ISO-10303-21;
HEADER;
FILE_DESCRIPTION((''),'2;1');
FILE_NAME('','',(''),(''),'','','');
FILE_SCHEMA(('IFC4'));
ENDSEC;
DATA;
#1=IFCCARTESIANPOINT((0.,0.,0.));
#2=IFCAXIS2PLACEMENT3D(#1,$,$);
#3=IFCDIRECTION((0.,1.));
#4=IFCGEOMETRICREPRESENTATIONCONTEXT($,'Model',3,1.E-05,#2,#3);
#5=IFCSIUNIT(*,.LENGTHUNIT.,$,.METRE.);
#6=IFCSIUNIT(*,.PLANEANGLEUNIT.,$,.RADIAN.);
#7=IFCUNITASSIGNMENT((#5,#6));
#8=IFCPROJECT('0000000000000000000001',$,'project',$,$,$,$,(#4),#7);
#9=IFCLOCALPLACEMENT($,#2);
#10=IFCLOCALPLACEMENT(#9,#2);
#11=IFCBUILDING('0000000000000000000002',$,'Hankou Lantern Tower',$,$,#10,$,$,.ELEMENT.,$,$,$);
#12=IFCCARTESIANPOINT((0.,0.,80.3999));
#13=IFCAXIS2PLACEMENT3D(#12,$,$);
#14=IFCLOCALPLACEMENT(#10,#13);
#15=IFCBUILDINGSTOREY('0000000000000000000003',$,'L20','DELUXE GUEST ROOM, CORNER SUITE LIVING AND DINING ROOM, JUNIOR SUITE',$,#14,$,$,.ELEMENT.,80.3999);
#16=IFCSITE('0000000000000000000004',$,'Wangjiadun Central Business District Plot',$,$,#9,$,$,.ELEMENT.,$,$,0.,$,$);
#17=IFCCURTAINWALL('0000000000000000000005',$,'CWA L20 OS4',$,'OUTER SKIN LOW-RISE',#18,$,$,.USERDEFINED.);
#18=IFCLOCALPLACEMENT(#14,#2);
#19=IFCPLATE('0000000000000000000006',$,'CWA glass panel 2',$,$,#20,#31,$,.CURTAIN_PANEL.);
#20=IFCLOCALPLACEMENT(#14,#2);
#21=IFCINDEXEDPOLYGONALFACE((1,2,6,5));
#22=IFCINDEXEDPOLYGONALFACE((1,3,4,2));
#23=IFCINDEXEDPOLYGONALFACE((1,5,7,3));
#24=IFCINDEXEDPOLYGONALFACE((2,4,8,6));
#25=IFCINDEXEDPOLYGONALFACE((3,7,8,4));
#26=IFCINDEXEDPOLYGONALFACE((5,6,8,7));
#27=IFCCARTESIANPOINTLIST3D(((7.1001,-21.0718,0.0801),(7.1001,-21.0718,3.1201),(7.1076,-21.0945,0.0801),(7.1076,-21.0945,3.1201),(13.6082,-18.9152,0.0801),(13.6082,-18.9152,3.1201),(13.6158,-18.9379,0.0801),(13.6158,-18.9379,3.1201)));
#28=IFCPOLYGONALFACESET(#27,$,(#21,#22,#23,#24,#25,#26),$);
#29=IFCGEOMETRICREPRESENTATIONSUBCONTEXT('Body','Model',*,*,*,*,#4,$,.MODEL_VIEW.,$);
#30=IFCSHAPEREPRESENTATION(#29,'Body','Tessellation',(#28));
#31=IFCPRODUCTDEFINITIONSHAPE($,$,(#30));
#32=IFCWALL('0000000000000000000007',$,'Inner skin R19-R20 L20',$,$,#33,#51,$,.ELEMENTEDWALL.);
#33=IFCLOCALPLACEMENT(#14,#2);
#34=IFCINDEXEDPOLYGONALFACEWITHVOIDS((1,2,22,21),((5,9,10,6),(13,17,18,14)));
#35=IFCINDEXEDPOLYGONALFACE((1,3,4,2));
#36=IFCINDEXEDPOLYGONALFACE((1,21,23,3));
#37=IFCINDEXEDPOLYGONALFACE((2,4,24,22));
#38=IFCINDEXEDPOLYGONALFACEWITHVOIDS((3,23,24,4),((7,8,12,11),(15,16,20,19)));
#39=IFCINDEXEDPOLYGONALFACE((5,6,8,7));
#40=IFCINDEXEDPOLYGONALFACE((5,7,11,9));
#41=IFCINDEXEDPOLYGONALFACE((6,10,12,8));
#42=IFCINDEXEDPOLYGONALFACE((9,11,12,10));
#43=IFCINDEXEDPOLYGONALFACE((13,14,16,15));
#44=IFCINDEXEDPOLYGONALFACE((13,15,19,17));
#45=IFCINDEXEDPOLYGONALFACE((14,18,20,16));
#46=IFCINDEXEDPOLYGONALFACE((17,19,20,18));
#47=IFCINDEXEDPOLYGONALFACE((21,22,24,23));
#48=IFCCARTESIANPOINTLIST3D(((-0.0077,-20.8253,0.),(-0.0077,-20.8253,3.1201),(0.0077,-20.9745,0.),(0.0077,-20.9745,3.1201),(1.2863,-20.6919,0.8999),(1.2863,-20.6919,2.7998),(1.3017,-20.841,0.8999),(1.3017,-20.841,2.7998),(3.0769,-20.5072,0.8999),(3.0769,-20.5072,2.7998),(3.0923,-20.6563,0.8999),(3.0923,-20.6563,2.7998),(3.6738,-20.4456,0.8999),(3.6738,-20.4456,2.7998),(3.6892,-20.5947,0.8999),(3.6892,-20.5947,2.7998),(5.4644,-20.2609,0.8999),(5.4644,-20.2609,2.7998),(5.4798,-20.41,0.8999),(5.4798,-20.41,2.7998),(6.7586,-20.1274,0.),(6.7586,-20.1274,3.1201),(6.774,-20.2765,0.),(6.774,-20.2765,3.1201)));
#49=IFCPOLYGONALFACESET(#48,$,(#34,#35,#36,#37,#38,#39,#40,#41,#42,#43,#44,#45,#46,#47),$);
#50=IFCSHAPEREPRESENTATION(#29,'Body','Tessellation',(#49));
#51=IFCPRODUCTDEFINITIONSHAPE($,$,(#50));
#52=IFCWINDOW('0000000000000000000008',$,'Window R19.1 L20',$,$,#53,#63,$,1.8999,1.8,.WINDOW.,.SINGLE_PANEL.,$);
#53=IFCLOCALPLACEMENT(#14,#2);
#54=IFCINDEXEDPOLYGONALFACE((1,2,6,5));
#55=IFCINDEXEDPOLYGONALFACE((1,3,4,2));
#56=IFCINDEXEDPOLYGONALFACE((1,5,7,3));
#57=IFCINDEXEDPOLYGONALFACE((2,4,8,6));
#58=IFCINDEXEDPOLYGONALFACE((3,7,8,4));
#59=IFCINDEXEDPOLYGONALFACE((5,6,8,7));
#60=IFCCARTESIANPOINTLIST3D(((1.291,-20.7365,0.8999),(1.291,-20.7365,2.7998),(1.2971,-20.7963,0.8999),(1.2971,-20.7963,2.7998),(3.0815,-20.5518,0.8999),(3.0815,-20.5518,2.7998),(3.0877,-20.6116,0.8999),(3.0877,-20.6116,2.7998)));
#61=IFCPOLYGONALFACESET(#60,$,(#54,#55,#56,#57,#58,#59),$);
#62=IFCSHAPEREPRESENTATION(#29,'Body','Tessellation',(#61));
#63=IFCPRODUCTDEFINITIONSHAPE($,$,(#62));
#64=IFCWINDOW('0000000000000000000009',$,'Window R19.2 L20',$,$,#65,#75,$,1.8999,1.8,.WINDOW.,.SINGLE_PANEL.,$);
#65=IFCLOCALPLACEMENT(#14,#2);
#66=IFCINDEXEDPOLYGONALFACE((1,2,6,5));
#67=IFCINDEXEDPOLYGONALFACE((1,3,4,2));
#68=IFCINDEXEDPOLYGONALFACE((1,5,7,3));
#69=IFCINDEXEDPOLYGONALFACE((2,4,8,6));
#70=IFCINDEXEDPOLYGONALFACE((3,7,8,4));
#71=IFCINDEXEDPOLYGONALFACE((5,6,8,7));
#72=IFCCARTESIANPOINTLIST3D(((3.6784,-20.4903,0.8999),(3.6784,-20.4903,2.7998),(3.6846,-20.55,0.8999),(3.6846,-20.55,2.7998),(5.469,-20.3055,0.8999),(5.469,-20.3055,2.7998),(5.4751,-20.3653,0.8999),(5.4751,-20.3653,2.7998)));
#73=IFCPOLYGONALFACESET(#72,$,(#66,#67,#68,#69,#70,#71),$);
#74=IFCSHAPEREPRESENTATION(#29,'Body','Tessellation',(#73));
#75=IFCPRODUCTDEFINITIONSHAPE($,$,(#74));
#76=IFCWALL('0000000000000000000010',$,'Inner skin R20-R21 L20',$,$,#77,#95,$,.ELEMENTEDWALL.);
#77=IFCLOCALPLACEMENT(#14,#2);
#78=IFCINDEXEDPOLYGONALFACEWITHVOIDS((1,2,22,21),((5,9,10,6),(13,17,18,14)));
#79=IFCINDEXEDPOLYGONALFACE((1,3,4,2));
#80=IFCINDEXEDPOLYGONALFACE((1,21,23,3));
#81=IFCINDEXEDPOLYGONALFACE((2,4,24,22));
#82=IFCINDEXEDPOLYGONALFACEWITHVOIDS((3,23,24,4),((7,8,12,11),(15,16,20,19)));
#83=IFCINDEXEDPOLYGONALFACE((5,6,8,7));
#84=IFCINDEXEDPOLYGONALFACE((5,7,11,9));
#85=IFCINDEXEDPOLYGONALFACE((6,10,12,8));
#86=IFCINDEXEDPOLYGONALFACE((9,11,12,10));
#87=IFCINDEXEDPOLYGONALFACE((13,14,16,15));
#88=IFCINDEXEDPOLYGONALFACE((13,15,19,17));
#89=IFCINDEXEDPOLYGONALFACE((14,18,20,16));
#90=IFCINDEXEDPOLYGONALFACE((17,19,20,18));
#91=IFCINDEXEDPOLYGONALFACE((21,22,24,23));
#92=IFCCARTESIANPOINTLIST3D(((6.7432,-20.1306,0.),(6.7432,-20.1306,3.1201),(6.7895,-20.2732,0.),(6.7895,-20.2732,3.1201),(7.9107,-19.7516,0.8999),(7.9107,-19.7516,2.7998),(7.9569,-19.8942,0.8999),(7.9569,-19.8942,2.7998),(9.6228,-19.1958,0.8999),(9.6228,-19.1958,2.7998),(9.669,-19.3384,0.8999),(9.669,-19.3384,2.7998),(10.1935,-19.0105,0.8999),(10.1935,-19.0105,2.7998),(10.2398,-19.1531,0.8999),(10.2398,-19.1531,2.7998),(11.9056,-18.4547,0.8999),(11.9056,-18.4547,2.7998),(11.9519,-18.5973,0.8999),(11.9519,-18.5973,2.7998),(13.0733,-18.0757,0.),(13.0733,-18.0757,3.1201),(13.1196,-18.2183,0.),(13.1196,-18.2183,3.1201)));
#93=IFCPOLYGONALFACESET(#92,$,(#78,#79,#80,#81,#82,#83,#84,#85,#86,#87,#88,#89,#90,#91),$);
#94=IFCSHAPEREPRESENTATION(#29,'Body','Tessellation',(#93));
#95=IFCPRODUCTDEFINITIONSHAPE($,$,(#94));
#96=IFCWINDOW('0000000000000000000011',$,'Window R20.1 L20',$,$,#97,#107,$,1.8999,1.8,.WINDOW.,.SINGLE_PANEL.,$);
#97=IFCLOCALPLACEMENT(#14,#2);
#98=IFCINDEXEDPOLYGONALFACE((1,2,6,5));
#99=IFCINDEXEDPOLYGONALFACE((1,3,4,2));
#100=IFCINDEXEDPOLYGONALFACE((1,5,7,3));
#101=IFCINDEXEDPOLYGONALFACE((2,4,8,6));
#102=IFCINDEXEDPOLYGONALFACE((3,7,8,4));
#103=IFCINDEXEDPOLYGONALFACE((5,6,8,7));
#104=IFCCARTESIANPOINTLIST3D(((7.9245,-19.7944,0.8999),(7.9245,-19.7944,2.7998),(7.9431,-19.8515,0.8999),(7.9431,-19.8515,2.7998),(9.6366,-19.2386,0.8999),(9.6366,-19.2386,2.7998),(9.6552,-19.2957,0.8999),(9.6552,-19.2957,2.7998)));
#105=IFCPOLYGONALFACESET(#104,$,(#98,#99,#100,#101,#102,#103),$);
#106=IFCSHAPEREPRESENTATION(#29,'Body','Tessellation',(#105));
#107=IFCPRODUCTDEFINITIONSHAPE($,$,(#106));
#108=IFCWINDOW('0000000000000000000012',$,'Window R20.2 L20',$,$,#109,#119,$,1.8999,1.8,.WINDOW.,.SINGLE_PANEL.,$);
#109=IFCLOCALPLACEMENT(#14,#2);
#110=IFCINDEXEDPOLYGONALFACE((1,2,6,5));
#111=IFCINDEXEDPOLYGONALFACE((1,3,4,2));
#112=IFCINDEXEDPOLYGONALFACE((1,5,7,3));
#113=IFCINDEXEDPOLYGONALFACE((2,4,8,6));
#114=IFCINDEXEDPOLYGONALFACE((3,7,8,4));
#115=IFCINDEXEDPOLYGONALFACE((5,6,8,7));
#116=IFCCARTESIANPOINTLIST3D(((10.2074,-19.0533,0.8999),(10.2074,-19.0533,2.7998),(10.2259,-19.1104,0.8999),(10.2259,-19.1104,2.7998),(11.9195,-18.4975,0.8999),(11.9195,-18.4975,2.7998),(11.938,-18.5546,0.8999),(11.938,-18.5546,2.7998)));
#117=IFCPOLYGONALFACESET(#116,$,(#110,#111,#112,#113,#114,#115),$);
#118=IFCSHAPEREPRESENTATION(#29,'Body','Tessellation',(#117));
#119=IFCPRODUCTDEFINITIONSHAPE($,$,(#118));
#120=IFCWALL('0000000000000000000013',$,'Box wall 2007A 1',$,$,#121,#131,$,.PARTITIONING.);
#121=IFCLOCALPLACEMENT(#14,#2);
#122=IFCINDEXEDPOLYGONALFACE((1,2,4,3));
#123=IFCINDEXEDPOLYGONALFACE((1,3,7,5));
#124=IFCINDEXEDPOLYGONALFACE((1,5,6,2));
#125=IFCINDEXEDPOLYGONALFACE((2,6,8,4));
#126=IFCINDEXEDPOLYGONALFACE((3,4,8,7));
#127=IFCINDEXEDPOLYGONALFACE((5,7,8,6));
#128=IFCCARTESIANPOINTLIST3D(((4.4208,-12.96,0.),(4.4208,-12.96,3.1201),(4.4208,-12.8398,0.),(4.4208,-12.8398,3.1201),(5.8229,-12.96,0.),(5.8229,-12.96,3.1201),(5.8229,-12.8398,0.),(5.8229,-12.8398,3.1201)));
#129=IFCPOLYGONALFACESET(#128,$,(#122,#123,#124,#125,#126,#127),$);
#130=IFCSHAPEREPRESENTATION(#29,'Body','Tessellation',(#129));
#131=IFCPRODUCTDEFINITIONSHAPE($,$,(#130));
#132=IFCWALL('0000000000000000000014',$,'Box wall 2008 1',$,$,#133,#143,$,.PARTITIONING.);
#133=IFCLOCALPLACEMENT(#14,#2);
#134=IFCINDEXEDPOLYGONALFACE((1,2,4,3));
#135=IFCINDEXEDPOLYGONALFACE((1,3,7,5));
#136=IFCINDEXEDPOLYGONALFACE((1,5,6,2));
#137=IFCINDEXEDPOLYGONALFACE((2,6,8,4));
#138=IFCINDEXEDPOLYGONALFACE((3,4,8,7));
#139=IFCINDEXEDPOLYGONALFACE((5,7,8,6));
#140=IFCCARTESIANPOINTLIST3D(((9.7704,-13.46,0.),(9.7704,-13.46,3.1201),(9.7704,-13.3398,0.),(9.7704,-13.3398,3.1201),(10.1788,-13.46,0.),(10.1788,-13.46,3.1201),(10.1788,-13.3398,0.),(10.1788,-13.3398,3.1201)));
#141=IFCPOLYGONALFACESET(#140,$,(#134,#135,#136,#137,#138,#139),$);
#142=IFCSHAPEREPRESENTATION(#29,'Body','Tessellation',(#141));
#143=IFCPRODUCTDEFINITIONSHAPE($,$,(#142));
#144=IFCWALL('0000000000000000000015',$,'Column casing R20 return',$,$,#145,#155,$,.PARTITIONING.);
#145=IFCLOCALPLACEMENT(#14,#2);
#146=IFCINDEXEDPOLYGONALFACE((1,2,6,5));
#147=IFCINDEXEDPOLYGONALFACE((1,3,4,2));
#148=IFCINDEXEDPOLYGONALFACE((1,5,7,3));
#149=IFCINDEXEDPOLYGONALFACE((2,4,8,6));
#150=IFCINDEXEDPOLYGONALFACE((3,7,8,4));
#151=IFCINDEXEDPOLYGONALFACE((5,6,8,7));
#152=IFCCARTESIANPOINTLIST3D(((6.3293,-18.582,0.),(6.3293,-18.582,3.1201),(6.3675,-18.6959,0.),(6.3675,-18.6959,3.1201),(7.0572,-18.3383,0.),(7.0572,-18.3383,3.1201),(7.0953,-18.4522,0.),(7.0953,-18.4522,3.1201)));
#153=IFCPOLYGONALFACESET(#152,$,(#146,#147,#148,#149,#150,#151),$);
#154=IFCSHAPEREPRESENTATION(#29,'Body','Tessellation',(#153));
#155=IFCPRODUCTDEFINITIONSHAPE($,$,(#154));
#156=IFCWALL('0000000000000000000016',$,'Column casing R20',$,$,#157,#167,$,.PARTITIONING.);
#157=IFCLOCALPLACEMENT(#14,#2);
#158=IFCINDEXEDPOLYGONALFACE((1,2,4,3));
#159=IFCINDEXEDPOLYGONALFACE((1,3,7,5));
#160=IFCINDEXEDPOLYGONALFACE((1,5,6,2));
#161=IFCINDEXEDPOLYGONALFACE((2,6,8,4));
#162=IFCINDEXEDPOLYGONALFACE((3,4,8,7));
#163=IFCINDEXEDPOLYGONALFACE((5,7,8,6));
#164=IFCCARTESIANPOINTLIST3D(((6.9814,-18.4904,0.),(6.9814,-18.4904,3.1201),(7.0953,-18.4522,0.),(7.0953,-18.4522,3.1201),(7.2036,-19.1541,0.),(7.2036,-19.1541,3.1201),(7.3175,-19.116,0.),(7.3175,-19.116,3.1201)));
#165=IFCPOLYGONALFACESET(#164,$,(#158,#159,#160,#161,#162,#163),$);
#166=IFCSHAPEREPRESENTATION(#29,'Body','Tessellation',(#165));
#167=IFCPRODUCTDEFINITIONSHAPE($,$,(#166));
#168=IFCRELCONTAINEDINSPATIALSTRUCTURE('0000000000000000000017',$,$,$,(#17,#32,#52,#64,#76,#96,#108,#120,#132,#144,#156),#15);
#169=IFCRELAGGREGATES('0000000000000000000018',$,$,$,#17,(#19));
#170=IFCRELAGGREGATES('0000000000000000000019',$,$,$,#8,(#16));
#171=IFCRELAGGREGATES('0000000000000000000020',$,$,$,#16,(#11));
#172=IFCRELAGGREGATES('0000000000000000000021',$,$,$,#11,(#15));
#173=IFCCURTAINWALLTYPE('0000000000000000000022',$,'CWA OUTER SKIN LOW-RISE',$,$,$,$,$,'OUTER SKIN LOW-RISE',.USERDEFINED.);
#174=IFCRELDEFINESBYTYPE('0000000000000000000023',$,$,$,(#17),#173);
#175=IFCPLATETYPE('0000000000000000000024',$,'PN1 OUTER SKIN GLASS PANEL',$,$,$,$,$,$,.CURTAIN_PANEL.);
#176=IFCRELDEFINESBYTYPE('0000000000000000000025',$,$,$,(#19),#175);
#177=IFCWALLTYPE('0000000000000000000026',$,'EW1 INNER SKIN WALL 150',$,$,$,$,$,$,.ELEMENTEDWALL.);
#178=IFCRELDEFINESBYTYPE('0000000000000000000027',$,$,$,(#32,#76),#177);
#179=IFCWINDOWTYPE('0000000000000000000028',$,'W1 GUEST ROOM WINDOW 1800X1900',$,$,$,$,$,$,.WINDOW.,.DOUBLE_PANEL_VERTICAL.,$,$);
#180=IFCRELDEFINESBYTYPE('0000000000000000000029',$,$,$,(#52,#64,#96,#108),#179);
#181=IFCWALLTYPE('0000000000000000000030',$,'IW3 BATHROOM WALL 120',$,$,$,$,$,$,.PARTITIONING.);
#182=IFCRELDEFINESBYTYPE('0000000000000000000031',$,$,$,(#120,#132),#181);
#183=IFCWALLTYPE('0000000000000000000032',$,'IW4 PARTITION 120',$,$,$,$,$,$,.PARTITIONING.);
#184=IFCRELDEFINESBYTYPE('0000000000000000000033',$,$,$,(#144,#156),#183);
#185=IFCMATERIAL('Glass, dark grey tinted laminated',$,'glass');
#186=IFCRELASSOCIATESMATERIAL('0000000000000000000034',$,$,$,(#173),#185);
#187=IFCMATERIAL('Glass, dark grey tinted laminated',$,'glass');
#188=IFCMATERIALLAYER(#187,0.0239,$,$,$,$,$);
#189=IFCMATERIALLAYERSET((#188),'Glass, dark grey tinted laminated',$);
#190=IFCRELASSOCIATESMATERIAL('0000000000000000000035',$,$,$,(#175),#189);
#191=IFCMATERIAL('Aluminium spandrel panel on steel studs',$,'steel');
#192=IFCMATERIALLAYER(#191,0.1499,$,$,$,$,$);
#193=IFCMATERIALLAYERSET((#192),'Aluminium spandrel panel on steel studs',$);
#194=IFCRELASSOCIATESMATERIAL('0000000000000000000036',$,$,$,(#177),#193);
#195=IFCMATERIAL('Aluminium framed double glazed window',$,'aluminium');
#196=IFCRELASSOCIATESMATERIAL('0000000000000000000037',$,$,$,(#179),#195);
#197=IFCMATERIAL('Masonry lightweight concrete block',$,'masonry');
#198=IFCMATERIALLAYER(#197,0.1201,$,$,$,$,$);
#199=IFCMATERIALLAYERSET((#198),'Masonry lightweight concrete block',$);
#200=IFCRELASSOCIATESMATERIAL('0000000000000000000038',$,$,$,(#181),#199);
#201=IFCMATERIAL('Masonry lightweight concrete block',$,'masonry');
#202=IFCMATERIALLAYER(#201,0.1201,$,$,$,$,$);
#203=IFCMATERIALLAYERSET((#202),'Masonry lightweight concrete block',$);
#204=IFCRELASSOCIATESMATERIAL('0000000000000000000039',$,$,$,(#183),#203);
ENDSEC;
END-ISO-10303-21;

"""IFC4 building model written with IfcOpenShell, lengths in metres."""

from ifc_helpers import new_model, si_unit, direction, frame, frame_2d, origin, origin_2d, place, context, subcontext, project, spatial, rectangle, extrude, material, layer, layer_set, type_object, element, fill, aggregate, save


model = new_model("IFC4")

# Units and contexts
model_context = context("Model", 3, precision=1e-05, world=origin(), true_north=direction((0.0, 1.0)))
body_context = subcontext(model_context, "Body", "Model", "MODEL_VIEW")
ifc_project = project(units=[si_unit("LENGTHUNIT", "METRE"), si_unit("PLANEANGLEUNIT", "RADIAN")], contexts=[model_context])

# Site, building, storey
site_placement = place(None, origin())
site = spatial("IfcSite", under=ifc_project, at=site_placement, Name="Wangjiadun Central Business District Plot", CompositionType="ELEMENT", RefElevation=0.0)
building_placement = place(site_placement, origin())
building = spatial("IfcBuilding", under=site, at=building_placement, Name="Hankou Lantern Tower", CompositionType="ELEMENT")
storey_placement = place(building_placement, frame((0.0, 0.0, 80.3999)))
storey = spatial("IfcBuildingStorey", under=building, at=storey_placement, Name="L20", Description="DELUXE GUEST ROOM, CORNER SUITE LIVING AND DINING ROOM, JUNIOR SUITE", CompositionType="ELEMENT", Elevation=80.3999)

# Curtain wall
ifc_material_1 = material(Name="Glass, dark grey tinted laminated", Category="glass")
curtain_wall_type = type_object("IfcCurtainWallType", Name="CWA OUTER SKIN LOW-RISE", ElementType="OUTER SKIN LOW-RISE", PredefinedType="USERDEFINED", material=ifc_material_1)
curtain_wall_placement = place(storey_placement, origin())
curtain_wall = element("IfcCurtainWall", 1, at=curtain_wall_placement, inside=storey, type_object=curtain_wall_type, Name="CWA L20 OS4", ObjectType="OUTER SKIN LOW-RISE", PredefinedType="USERDEFINED")

# Plate
ifc_material_2 = material(Name="Glass, dark grey tinted laminated", Category="glass")
ifc_layer_1 = layer(ifc_material_2, 0.0239)
ifc_layer_set_1 = layer_set([ifc_layer_1], Name="Glass, dark grey tinted laminated")
plate_type = type_object("IfcPlateType", Name="PN1 OUTER SKIN GLASS PANEL", PredefinedType="CURTAIN_PANEL", material=ifc_layer_set_1)
plate_1_placement = place(storey_placement, frame((10.3579, -20.0049, 0.0801), z_axis=(0.0, 0.0, 1.0), x_axis=(0.949241, 0.314551, 0.0)))
plate_1 = element("IfcPlate", 2, at=plate_1_placement, type_object=plate_type, Name="CWA glass panel 2", PredefinedType="CURTAIN_PANEL", context=body_context, shape_type="SweptSolid", body=[
    extrude(rectangle(XDim=6.8562, YDim=0.0239, at=origin_2d()), origin(), (0.0, 0.0, 1.0), 3.04),
])
aggregate(curtain_wall, [plate_1])

# Walls, openings, windows
ifc_material_3 = material(Name="Aluminium spandrel panel on steel studs", Category="steel")
ifc_layer_2 = layer(ifc_material_3, 0.1499)
ifc_layer_set_2 = layer_set([ifc_layer_2], Name="Aluminium spandrel panel on steel studs")
wall_type_1 = type_object("IfcWallType", Name="EW1 INNER SKIN WALL 150", PredefinedType="ELEMENTEDWALL", material=ifc_layer_set_2)
wall_1_placement = place(storey_placement, frame((0.0, -20.8999, 0.0), z_axis=(0.0, 0.0, 1.0), x_axis=(0.994721, 0.102613, 0.0)))
wall_1 = element("IfcWall", 3, at=wall_1_placement, inside=storey, type_object=wall_type_1, Name="Inner skin R19-R20 L20", PredefinedType="ELEMENTEDWALL", context=body_context, shape_type="SweptSolid", body=[
    extrude(rectangle(XDim=6.8022, YDim=0.1499, at=frame_2d((3.4011, 0.0))), origin(), (0.0, 0.0, 1.0), 3.1201),
])
opening_1_placement = place(wall_1_placement, frame((1.301, 0.0, 0.8999)))
opening_1 = element("IfcOpeningElement", 4, at=opening_1_placement, cuts=wall_1, PredefinedType="OPENING", context=body_context, shape_type="SweptSolid", body=[
    extrude(rectangle(XDim=1.8, YDim=1.8999, at=frame_2d((0.8999, 0.95))), frame((0.0, 0.085, 0.0), z_axis=(0.0, -1.0, 0.0), x_axis=(1.0, 0.0, 0.0)), (0.0, 0.0, 1.0), 0.1699),
])
opening_2_placement = place(wall_1_placement, frame((3.7012, 0.0, 0.8999)))
opening_2 = element("IfcOpeningElement", 5, at=opening_2_placement, cuts=wall_1, PredefinedType="OPENING", context=body_context, shape_type="SweptSolid", body=[
    extrude(rectangle(XDim=1.8, YDim=1.8999, at=frame_2d((0.8999, 0.95))), frame((0.0, 0.085, 0.0), z_axis=(0.0, -1.0, 0.0), x_axis=(1.0, 0.0, 0.0)), (0.0, 0.0, 1.0), 0.1699),
])
ifc_material_4 = material(Name="Aluminium framed double glazed window", Category="aluminium")
window_type = type_object("IfcWindowType", Name="W1 GUEST ROOM WINDOW 1800X1900", PartitioningType="DOUBLE_PANEL_VERTICAL", PredefinedType="WINDOW", material=ifc_material_4)
window_1_placement = place(opening_1_placement, origin())
window_1 = element("IfcWindow", 6, at=window_1_placement, inside=storey, type_object=window_type, Name="Window R19.1 L20", OverallHeight=1.8999, OverallWidth=1.8, PartitioningType="SINGLE_PANEL", PredefinedType="WINDOW", context=body_context, shape_type="SweptSolid", body=[
    extrude(rectangle(XDim=1.8, YDim=1.8999, at=frame_2d((0.8999, 0.95))), frame((0.0, 0.03, 0.0), z_axis=(0.0, -1.0, 0.0), x_axis=(1.0, 0.0, 0.0)), (0.0, 0.0, 1.0), 0.0601),
])
fill(opening_1, window_1)
window_2_placement = place(opening_2_placement, origin())
window_2 = element("IfcWindow", 7, at=window_2_placement, inside=storey, type_object=window_type, Name="Window R19.2 L20", OverallHeight=1.8999, OverallWidth=1.8, PartitioningType="SINGLE_PANEL", PredefinedType="WINDOW", context=body_context, shape_type="SweptSolid", body=[
    extrude(rectangle(XDim=1.8, YDim=1.8999, at=frame_2d((0.8999, 0.95))), frame((0.0, 0.03, 0.0), z_axis=(0.0, -1.0, 0.0), x_axis=(1.0, 0.0, 0.0)), (0.0, 0.0, 1.0), 0.0601),
])
fill(opening_2, window_2)
wall_2_placement = place(storey_placement, frame((6.7664, -20.2019, 0.0), z_axis=(0.0, 0.0, 1.0), x_axis=(0.951138, 0.308768, 0.0)))
wall_2 = element("IfcWall", 8, at=wall_2_placement, inside=storey, type_object=wall_type_1, Name="Inner skin R20-R21 L20", PredefinedType="ELEMENTEDWALL", context=body_context, shape_type="SweptSolid", body=[
    extrude(rectangle(XDim=6.6553, YDim=0.1499, at=frame_2d((3.3276, 0.0))), origin(), (0.0, 0.0, 1.0), 3.1201),
])
opening_3_placement = place(wall_2_placement, frame((1.2275, 0.0, 0.8999)))
opening_3 = element("IfcOpeningElement", 9, at=opening_3_placement, cuts=wall_2, PredefinedType="OPENING", context=body_context, shape_type="SweptSolid", body=[
    extrude(rectangle(XDim=1.8, YDim=1.8999, at=frame_2d((0.8999, 0.95))), frame((0.0, 0.085, 0.0), z_axis=(0.0, -1.0, 0.0), x_axis=(1.0, 0.0, 0.0)), (0.0, 0.0, 1.0), 0.1699),
])
opening_4_placement = place(wall_2_placement, frame((3.6277, 0.0, 0.8999)))
opening_4 = element("IfcOpeningElement", 10, at=opening_4_placement, cuts=wall_2, PredefinedType="OPENING", context=body_context, shape_type="SweptSolid", body=[
    extrude(rectangle(XDim=1.8, YDim=1.8999, at=frame_2d((0.8999, 0.95))), frame((0.0, 0.085, 0.0), z_axis=(0.0, -1.0, 0.0), x_axis=(1.0, 0.0, 0.0)), (0.0, 0.0, 1.0), 0.1699),
])
window_3_placement = place(opening_3_placement, origin())
window_3 = element("IfcWindow", 11, at=window_3_placement, inside=storey, type_object=window_type, Name="Window R20.1 L20", OverallHeight=1.8999, OverallWidth=1.8, PartitioningType="SINGLE_PANEL", PredefinedType="WINDOW", context=body_context, shape_type="SweptSolid", body=[
    extrude(rectangle(XDim=1.8, YDim=1.8999, at=frame_2d((0.8999, 0.95))), frame((0.0, 0.03, 0.0), z_axis=(0.0, -1.0, 0.0), x_axis=(1.0, 0.0, 0.0)), (0.0, 0.0, 1.0), 0.0601),
])
fill(opening_3, window_3)
window_4_placement = place(opening_4_placement, origin())
window_4 = element("IfcWindow", 12, at=window_4_placement, inside=storey, type_object=window_type, Name="Window R20.2 L20", OverallHeight=1.8999, OverallWidth=1.8, PartitioningType="SINGLE_PANEL", PredefinedType="WINDOW", context=body_context, shape_type="SweptSolid", body=[
    extrude(rectangle(XDim=1.8, YDim=1.8999, at=frame_2d((0.8999, 0.95))), frame((0.0, 0.03, 0.0), z_axis=(0.0, -1.0, 0.0), x_axis=(1.0, 0.0, 0.0)), (0.0, 0.0, 1.0), 0.0601),
])
fill(opening_4, window_4)

# Walls
ifc_material_5 = material(Name="Masonry lightweight concrete block", Category="masonry")
ifc_layer_3 = layer(ifc_material_5, 0.1201)
ifc_layer_set_3 = layer_set([ifc_layer_3], Name="Masonry lightweight concrete block")
wall_type_2 = type_object("IfcWallType", Name="IW3 BATHROOM WALL 120", PredefinedType="PARTITIONING", material=ifc_layer_set_3)
wall_3_placement = place(storey_placement, frame((4.4207, -12.8999, 0.0), z_axis=(0.0, 0.0, 1.0), x_axis=(1.0, 0.0, 0.0)))
element("IfcWall", 13, at=wall_3_placement, inside=storey, type_object=wall_type_2, Name="Box wall 2007A 1", PredefinedType="PARTITIONING", context=body_context, shape_type="SweptSolid", body=[
    extrude(rectangle(XDim=1.4021, YDim=0.1201, at=frame_2d((0.7012, 0.0))), origin(), (0.0, 0.0, 1.0), 3.1201),
])
wall_4_placement = place(storey_placement, frame((9.7705, -13.3999, 0.0), z_axis=(0.0, 0.0, 1.0), x_axis=(1.0, 0.0, 0.0)))
element("IfcWall", 14, at=wall_4_placement, inside=storey, type_object=wall_type_2, Name="Box wall 2008 1", PredefinedType="PARTITIONING", context=body_context, shape_type="SweptSolid", body=[
    extrude(rectangle(XDim=0.4084, YDim=0.1201, at=frame_2d((0.2041, 0.0))), origin(), (0.0, 0.0, 1.0), 3.1201),
])
ifc_material_6 = material(Name="Masonry lightweight concrete block", Category="masonry")
ifc_layer_4 = layer(ifc_material_6, 0.1201)
ifc_layer_set_4 = layer_set([ifc_layer_4], Name="Masonry lightweight concrete block")
wall_type_3 = type_object("IfcWallType", Name="IW4 PARTITION 120", PredefinedType="PARTITIONING", material=ifc_layer_set_4)
wall_5_placement = place(storey_placement, frame((6.3484, -18.6389, 0.0), z_axis=(0.0, 0.0, 1.0), x_axis=(0.948269, 0.317468, 0.0)))
element("IfcWall", 15, at=wall_5_placement, inside=storey, type_object=wall_type_3, Name="Column casing R20 return", PredefinedType="PARTITIONING", context=body_context, shape_type="SweptSolid", body=[
    extrude(rectangle(XDim=0.7676, YDim=0.1201, at=frame_2d((0.3838, 0.0))), origin(), (0.0, 0.0, 1.0), 3.1201),
])
wall_6_placement = place(storey_placement, frame((7.0383, -18.4712, 0.0), z_axis=(0.0, 0.0, 1.0), x_axis=(0.317378, -0.948299, 0.0)))
element("IfcWall", 16, at=wall_6_placement, inside=storey, type_object=wall_type_3, Name="Column casing R20", PredefinedType="PARTITIONING", context=body_context, shape_type="SweptSolid", body=[
    extrude(rectangle(XDim=0.7, YDim=0.1201, at=frame_2d((0.3501, 0.0))), origin(), (0.0, 0.0, 1.0), 3.1201),
])

save(model, "model.ifc")
